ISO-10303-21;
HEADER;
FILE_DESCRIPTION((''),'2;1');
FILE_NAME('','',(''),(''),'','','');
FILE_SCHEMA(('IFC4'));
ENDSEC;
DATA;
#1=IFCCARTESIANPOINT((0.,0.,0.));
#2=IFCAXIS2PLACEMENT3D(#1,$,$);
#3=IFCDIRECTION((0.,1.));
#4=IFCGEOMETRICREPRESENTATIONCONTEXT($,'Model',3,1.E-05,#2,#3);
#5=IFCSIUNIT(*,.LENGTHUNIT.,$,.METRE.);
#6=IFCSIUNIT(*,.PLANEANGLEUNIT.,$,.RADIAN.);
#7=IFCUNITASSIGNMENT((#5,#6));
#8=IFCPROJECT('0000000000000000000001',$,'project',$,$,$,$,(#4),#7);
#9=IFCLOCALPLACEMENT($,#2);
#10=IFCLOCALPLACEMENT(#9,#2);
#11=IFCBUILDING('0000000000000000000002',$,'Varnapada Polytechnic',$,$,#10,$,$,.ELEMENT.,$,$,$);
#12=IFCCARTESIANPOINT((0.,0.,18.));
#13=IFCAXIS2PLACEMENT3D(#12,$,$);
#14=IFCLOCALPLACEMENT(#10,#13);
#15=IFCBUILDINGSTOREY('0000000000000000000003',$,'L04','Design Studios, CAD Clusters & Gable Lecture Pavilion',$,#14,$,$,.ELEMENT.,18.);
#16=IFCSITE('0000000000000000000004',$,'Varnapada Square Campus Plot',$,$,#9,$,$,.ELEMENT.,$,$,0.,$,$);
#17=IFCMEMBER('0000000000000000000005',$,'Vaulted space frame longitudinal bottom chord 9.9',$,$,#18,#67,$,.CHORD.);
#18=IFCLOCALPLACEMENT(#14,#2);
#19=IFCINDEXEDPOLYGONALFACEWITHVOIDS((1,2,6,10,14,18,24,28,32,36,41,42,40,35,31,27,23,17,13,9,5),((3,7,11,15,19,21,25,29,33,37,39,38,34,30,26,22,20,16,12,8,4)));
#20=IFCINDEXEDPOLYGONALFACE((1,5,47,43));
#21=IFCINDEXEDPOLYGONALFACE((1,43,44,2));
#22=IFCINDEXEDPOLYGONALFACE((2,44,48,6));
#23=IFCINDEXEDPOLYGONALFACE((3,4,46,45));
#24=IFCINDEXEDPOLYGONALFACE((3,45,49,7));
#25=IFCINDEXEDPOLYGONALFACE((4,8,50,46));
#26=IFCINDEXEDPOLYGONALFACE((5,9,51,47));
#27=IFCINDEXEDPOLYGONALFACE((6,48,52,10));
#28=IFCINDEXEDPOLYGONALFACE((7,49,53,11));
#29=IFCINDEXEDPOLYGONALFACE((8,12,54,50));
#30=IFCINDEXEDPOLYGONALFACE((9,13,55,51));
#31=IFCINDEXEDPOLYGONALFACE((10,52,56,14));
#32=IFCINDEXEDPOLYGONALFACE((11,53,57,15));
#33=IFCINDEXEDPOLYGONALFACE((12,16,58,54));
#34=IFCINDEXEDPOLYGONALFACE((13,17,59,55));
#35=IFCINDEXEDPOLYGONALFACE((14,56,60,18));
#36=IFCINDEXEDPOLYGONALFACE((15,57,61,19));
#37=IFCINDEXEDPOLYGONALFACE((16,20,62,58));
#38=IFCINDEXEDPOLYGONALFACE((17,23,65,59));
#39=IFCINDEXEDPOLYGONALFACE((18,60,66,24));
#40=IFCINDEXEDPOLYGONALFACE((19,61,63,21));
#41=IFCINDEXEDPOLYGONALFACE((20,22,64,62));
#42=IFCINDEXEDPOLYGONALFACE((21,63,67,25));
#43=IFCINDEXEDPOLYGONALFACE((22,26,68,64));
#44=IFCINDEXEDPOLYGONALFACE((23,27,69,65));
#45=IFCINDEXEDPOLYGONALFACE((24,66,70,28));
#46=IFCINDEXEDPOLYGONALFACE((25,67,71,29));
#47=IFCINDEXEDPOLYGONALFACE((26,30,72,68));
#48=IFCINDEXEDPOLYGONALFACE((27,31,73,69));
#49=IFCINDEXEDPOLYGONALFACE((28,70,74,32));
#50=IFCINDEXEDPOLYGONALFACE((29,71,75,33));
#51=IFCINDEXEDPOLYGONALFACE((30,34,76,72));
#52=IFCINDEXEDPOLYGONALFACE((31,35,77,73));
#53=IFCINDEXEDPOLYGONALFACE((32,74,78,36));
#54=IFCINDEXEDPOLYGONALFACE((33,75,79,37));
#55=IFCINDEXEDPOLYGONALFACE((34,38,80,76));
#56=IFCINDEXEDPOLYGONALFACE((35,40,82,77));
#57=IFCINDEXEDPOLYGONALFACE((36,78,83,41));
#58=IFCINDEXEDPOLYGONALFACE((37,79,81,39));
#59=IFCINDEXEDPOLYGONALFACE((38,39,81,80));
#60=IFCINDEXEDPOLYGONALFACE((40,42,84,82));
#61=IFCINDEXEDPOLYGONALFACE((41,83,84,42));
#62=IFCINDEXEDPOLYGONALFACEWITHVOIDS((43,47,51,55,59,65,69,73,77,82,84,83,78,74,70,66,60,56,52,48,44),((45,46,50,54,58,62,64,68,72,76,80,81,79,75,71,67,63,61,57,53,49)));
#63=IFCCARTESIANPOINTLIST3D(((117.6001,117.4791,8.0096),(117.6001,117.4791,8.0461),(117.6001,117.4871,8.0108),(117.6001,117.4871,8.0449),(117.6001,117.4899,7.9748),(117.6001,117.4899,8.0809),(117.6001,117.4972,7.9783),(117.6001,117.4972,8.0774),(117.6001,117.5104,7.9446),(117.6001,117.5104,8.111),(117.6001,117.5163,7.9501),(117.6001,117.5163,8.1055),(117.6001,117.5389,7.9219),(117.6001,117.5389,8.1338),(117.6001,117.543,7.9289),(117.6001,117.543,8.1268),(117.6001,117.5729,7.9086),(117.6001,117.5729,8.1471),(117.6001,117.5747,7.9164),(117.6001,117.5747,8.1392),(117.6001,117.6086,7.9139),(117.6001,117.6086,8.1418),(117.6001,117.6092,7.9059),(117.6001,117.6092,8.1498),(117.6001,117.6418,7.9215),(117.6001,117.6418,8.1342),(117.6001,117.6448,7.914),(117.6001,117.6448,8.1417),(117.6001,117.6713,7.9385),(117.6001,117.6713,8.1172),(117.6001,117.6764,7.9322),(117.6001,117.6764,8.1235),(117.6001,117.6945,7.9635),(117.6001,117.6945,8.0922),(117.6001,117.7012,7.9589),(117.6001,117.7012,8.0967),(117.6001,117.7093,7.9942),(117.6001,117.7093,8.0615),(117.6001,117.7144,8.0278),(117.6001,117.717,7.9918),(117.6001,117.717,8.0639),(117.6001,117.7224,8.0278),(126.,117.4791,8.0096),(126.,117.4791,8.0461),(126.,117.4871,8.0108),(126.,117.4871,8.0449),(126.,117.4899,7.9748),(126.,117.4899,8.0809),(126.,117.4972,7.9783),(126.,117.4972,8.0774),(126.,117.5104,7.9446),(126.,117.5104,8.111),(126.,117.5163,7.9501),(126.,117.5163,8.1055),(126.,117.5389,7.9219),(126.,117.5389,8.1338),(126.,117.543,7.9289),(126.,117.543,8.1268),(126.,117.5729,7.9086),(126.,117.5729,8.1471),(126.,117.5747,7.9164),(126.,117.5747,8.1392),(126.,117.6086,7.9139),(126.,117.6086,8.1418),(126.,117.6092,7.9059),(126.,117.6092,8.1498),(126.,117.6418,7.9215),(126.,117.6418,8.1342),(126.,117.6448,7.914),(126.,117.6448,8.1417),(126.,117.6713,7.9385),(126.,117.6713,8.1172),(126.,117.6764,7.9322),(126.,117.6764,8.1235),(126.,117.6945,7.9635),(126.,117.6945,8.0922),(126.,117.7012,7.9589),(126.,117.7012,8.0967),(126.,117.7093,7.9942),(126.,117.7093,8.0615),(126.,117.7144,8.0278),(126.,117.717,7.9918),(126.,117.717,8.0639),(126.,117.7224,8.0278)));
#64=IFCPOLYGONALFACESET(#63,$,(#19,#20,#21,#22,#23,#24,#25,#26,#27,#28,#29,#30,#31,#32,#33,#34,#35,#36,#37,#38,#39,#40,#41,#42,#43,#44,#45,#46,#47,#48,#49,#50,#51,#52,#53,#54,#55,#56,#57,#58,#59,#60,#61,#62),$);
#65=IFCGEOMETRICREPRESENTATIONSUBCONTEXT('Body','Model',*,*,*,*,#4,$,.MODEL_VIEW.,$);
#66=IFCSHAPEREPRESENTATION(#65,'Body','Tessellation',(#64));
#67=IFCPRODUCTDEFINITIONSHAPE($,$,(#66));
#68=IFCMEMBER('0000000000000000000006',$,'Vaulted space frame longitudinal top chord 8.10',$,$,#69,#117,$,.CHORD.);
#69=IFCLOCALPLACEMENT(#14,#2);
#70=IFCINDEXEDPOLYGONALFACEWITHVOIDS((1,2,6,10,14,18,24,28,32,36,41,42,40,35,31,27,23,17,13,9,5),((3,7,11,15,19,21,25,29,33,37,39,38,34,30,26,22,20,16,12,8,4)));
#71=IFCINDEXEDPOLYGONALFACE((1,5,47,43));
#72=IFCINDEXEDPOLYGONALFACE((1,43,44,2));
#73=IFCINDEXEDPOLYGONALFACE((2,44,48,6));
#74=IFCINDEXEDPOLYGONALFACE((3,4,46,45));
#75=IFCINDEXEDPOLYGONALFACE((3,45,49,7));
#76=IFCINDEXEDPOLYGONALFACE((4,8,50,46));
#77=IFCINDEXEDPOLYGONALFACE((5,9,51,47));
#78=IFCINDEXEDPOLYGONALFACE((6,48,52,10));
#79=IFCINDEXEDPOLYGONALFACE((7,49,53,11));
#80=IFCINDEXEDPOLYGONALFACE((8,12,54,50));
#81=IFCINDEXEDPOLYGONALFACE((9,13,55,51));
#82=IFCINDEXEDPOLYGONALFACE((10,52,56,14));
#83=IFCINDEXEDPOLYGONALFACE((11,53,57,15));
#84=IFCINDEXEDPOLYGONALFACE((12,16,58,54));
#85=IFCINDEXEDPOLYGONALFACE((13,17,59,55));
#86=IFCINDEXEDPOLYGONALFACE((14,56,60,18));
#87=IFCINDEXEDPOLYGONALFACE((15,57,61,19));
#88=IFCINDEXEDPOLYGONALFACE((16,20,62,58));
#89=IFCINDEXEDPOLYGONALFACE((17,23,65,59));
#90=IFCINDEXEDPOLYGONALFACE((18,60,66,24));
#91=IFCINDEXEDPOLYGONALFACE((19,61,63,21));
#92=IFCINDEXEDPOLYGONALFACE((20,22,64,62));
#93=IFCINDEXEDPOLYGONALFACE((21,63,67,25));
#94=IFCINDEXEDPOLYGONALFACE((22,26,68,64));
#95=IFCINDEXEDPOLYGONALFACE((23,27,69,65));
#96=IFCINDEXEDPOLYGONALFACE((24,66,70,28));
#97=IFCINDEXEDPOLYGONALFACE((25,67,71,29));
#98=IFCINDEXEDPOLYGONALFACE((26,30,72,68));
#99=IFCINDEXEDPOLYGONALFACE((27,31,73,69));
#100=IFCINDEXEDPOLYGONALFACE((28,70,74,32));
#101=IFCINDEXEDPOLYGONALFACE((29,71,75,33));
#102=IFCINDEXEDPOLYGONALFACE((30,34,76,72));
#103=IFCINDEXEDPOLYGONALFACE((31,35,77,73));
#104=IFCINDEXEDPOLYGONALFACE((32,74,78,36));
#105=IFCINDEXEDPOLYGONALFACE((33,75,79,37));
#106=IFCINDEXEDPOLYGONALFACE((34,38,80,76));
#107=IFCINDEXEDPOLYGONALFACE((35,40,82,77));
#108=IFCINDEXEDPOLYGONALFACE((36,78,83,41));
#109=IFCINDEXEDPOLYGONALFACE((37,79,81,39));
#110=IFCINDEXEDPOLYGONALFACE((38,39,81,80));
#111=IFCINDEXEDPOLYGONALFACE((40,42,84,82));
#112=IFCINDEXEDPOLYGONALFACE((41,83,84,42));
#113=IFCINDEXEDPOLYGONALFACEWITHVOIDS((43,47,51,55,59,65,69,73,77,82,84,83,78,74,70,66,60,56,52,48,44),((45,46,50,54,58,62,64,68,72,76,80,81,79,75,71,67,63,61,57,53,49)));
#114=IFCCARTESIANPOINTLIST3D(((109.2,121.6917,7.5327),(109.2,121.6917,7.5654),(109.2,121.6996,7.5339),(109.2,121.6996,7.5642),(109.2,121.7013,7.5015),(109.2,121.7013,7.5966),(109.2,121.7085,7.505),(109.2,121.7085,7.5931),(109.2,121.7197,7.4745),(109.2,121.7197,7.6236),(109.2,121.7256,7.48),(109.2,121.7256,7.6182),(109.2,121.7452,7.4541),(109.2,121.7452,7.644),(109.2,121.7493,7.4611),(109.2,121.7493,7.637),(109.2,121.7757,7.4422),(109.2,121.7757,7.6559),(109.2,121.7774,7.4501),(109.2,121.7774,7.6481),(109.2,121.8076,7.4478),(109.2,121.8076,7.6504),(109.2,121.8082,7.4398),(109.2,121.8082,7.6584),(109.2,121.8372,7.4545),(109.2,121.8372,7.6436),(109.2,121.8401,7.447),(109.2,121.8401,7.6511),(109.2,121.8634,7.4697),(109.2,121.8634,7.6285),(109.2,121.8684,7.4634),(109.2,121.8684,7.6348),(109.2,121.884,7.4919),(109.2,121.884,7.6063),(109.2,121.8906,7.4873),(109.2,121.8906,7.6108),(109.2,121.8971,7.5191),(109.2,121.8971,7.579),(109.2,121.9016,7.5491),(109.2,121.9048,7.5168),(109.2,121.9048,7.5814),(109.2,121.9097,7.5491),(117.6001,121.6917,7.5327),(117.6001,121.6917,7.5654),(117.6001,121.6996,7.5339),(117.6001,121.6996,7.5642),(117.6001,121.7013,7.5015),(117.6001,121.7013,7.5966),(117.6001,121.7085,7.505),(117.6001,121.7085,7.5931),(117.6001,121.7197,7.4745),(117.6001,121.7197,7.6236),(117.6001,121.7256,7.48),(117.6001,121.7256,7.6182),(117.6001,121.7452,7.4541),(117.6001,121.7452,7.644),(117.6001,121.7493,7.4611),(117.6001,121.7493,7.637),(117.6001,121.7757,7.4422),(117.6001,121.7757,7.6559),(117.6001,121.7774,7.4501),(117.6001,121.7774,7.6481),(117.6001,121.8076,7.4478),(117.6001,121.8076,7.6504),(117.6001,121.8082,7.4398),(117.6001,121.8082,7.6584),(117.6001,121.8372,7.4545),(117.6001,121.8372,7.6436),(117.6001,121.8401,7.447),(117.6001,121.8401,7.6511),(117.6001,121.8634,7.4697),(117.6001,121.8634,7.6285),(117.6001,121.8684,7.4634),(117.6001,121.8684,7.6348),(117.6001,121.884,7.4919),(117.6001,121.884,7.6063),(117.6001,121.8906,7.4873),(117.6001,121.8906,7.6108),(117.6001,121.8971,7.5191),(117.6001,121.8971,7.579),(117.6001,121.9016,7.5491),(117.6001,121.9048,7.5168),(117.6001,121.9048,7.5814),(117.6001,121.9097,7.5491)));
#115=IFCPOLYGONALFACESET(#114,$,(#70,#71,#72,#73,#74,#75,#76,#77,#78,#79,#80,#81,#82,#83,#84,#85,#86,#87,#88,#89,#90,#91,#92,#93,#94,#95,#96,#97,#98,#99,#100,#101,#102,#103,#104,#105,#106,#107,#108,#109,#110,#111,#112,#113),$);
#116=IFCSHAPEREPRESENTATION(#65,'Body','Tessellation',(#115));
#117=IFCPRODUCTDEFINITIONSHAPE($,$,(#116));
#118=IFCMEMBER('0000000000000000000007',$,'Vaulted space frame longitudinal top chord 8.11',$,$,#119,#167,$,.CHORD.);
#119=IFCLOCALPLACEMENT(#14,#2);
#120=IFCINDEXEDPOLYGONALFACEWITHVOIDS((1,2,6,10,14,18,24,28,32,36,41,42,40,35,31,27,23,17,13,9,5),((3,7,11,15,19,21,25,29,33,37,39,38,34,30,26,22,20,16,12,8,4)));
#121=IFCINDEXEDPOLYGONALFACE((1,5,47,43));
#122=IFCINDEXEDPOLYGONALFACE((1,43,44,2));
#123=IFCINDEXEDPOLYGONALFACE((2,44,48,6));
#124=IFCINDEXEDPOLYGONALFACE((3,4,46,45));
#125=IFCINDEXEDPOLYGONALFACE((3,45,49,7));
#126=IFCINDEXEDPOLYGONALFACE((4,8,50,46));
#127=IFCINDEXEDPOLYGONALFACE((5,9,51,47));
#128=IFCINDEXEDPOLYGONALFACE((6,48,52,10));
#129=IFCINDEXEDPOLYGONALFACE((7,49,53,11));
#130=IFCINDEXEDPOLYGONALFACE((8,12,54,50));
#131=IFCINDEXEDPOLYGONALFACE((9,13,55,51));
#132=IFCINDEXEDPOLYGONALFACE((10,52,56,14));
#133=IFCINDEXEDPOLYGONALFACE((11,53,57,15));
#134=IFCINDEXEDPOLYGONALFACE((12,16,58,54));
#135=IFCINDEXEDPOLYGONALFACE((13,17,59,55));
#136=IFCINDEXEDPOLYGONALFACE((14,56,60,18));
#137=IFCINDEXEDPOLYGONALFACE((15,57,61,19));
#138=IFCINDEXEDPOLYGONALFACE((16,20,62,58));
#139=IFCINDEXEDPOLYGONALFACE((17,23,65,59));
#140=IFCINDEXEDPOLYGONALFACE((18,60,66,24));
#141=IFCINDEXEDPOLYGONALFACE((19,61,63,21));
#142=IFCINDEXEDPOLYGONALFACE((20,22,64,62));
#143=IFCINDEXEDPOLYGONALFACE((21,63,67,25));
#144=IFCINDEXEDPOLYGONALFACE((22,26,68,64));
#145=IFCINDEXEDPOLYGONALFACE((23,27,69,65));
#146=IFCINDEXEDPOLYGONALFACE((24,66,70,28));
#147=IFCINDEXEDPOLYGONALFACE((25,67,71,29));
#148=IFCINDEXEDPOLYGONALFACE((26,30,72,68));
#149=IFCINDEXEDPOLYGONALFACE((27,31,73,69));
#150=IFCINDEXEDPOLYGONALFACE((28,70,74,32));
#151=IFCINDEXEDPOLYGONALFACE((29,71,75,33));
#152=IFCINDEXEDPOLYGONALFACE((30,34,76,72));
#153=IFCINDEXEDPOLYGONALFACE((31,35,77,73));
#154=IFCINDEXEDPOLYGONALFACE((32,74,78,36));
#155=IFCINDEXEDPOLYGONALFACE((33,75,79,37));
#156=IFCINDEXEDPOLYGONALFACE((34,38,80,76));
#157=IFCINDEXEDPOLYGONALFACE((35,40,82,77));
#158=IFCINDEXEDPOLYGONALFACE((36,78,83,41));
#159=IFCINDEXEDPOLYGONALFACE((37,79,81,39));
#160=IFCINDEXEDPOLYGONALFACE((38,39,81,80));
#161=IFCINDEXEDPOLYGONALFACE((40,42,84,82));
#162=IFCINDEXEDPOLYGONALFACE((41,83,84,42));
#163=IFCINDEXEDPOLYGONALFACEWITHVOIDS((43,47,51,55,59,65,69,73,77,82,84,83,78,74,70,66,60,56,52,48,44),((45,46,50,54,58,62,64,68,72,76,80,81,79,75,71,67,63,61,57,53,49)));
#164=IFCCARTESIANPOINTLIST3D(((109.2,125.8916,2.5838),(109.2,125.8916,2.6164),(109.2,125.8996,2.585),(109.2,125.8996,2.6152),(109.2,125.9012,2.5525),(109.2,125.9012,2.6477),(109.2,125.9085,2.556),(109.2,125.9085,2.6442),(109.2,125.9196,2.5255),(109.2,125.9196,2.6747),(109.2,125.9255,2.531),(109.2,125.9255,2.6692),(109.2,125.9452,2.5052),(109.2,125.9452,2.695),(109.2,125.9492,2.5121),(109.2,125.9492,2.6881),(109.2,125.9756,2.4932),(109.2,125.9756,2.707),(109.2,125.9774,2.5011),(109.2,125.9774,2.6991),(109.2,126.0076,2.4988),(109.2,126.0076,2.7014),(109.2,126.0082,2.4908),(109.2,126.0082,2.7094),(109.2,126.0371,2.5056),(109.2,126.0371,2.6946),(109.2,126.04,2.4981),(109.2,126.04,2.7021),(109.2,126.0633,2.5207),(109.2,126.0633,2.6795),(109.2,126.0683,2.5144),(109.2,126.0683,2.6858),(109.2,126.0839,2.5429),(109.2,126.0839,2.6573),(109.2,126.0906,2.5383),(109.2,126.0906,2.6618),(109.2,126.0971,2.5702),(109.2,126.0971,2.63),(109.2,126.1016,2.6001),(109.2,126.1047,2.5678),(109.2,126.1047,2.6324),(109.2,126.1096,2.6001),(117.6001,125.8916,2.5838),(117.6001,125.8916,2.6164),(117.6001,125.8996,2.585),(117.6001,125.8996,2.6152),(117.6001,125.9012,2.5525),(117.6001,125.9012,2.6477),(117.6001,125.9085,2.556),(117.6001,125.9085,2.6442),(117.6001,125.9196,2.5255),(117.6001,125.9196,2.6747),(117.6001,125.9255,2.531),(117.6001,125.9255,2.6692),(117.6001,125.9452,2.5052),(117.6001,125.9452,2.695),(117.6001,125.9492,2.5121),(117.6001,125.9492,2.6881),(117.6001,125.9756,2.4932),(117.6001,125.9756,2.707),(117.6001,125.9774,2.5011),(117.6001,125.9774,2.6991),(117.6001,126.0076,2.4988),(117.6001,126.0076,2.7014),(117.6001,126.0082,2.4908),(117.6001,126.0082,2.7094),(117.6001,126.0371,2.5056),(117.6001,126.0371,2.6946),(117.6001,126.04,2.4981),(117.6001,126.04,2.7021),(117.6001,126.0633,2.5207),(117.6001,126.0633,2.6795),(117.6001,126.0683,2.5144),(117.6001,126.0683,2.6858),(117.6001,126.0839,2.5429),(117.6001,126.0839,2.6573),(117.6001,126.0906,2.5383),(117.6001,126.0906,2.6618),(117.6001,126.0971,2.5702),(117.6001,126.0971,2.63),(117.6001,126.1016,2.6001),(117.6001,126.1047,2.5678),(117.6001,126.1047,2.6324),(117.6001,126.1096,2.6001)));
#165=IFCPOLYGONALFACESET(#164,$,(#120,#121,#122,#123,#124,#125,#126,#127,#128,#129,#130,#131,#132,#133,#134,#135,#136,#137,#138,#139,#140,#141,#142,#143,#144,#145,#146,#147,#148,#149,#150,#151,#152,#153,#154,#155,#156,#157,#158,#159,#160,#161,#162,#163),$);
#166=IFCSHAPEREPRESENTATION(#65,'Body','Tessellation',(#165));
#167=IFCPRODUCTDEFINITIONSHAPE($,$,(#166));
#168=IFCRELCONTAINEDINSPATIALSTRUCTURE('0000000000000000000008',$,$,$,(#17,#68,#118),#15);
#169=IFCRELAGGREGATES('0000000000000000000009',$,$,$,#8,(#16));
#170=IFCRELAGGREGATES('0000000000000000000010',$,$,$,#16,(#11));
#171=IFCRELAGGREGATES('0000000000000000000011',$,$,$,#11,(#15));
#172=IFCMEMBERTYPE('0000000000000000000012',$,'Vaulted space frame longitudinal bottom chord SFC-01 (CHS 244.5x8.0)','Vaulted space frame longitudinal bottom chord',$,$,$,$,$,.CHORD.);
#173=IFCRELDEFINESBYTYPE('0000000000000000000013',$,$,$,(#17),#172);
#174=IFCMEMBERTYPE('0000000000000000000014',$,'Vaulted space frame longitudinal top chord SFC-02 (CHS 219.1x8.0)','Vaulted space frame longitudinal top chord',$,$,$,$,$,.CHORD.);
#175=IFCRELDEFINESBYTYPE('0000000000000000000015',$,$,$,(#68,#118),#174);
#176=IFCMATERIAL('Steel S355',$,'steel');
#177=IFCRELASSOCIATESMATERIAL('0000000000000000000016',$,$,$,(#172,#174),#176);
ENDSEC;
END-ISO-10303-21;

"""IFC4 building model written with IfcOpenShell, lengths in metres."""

from ifc_helpers import new_model, si_unit, direction, frame, origin, origin_2d, place, context, subcontext, project, spatial, hollow_circle, extrude, material, material_profile, profile_set, type_object, element, save


model = new_model("IFC4")

# Units and contexts
model_context = context("Model", 3, precision=1e-05, world=origin(), true_north=direction((0.0, 1.0)))
body_context = subcontext(model_context, "Body", "Model", "MODEL_VIEW")
ifc_project = project(units=[si_unit("LENGTHUNIT", "METRE"), si_unit("PLANEANGLEUNIT", "RADIAN")], contexts=[model_context])

# Site, building, storey
site_placement = place(None, origin())
site = spatial("IfcSite", under=ifc_project, at=site_placement, Name="Varnapada Square Campus Plot", CompositionType="ELEMENT", RefElevation=0.0)
building_placement = place(site_placement, origin())
building = spatial("IfcBuilding", under=site, at=building_placement, Name="Varnapada Polytechnic", CompositionType="ELEMENT")
storey_placement = place(building_placement, frame((0.0, 0.0, 18.0)))
storey = spatial("IfcBuildingStorey", under=building, at=storey_placement, Name="L04", Description="Design Studios, CAD Clusters & Gable Lecture Pavilion", CompositionType="ELEMENT", Elevation=18.0)

# Shared definitions
ifc_material = material(Name="Steel S355", Category="steel")

# Members
ifc_material_profile_1 = material_profile(ifc_material, hollow_circle(Radius=0.1223, WallThickness=0.0081, at=origin_2d()), Name="CHS 244.5x8.0")
ifc_profile_set_1 = profile_set([ifc_material_profile_1], Name="Steel S355")
member_type_1 = type_object("IfcMemberType", Name="Vaulted space frame longitudinal bottom chord SFC-01 (CHS 244.5x8.0)", Description="Vaulted space frame longitudinal bottom chord", PredefinedType="CHORD", material=ifc_profile_set_1)
member_1_placement = place(storey_placement, frame((117.6001, 117.6001, 8.0278), z_axis=(1.0, 0.0, 0.0), x_axis=(0.0, 1.0, 0.0)))
element("IfcMember", 1, at=member_1_placement, inside=storey, type_object=member_type_1, Name="Vaulted space frame longitudinal bottom chord 9.9", PredefinedType="CHORD", context=body_context, shape_type="SweptSolid", body=[
    extrude(hollow_circle(Radius=0.1223, WallThickness=0.0081, at=origin_2d()), origin(), (0.0, 0.0, 1.0), 8.3999),
])
ifc_material_profile_2 = material_profile(ifc_material, hollow_circle(Radius=0.1096, WallThickness=0.0081, at=origin_2d()), Name="CHS 219.1x8.0")
ifc_profile_set_2 = profile_set([ifc_material_profile_2], Name="Steel S355")
member_type_2 = type_object("IfcMemberType", Name="Vaulted space frame longitudinal top chord SFC-02 (CHS 219.1x8.0)", Description="Vaulted space frame longitudinal top chord", PredefinedType="CHORD", material=ifc_profile_set_2)
for number, where, z_axis, x_axis, name in (
    (2, (109.2, 121.8, 7.5491), (1.0, 0.0, 0.0), (0.0, 1.0, 0.0), "Vaulted space frame longitudinal top chord 8.10"),
    (3, (109.2, 126.0, 2.6001), (1.0, 0.0, 0.0), (0.0, 1.0, 0.0), "Vaulted space frame longitudinal top chord 8.11"),
):
    element("IfcMember", number, at=place(storey_placement, frame(where, z_axis=z_axis, x_axis=x_axis)), inside=storey, type_object=member_type_2, Name=name, PredefinedType="CHORD", context=body_context, shape_type="SweptSolid", body=[
        extrude(hollow_circle(Radius=0.1096, WallThickness=0.0081, at=origin_2d()), origin(), (0.0, 0.0, 1.0), 8.4001),
    ])

save(model, "model.ifc")
